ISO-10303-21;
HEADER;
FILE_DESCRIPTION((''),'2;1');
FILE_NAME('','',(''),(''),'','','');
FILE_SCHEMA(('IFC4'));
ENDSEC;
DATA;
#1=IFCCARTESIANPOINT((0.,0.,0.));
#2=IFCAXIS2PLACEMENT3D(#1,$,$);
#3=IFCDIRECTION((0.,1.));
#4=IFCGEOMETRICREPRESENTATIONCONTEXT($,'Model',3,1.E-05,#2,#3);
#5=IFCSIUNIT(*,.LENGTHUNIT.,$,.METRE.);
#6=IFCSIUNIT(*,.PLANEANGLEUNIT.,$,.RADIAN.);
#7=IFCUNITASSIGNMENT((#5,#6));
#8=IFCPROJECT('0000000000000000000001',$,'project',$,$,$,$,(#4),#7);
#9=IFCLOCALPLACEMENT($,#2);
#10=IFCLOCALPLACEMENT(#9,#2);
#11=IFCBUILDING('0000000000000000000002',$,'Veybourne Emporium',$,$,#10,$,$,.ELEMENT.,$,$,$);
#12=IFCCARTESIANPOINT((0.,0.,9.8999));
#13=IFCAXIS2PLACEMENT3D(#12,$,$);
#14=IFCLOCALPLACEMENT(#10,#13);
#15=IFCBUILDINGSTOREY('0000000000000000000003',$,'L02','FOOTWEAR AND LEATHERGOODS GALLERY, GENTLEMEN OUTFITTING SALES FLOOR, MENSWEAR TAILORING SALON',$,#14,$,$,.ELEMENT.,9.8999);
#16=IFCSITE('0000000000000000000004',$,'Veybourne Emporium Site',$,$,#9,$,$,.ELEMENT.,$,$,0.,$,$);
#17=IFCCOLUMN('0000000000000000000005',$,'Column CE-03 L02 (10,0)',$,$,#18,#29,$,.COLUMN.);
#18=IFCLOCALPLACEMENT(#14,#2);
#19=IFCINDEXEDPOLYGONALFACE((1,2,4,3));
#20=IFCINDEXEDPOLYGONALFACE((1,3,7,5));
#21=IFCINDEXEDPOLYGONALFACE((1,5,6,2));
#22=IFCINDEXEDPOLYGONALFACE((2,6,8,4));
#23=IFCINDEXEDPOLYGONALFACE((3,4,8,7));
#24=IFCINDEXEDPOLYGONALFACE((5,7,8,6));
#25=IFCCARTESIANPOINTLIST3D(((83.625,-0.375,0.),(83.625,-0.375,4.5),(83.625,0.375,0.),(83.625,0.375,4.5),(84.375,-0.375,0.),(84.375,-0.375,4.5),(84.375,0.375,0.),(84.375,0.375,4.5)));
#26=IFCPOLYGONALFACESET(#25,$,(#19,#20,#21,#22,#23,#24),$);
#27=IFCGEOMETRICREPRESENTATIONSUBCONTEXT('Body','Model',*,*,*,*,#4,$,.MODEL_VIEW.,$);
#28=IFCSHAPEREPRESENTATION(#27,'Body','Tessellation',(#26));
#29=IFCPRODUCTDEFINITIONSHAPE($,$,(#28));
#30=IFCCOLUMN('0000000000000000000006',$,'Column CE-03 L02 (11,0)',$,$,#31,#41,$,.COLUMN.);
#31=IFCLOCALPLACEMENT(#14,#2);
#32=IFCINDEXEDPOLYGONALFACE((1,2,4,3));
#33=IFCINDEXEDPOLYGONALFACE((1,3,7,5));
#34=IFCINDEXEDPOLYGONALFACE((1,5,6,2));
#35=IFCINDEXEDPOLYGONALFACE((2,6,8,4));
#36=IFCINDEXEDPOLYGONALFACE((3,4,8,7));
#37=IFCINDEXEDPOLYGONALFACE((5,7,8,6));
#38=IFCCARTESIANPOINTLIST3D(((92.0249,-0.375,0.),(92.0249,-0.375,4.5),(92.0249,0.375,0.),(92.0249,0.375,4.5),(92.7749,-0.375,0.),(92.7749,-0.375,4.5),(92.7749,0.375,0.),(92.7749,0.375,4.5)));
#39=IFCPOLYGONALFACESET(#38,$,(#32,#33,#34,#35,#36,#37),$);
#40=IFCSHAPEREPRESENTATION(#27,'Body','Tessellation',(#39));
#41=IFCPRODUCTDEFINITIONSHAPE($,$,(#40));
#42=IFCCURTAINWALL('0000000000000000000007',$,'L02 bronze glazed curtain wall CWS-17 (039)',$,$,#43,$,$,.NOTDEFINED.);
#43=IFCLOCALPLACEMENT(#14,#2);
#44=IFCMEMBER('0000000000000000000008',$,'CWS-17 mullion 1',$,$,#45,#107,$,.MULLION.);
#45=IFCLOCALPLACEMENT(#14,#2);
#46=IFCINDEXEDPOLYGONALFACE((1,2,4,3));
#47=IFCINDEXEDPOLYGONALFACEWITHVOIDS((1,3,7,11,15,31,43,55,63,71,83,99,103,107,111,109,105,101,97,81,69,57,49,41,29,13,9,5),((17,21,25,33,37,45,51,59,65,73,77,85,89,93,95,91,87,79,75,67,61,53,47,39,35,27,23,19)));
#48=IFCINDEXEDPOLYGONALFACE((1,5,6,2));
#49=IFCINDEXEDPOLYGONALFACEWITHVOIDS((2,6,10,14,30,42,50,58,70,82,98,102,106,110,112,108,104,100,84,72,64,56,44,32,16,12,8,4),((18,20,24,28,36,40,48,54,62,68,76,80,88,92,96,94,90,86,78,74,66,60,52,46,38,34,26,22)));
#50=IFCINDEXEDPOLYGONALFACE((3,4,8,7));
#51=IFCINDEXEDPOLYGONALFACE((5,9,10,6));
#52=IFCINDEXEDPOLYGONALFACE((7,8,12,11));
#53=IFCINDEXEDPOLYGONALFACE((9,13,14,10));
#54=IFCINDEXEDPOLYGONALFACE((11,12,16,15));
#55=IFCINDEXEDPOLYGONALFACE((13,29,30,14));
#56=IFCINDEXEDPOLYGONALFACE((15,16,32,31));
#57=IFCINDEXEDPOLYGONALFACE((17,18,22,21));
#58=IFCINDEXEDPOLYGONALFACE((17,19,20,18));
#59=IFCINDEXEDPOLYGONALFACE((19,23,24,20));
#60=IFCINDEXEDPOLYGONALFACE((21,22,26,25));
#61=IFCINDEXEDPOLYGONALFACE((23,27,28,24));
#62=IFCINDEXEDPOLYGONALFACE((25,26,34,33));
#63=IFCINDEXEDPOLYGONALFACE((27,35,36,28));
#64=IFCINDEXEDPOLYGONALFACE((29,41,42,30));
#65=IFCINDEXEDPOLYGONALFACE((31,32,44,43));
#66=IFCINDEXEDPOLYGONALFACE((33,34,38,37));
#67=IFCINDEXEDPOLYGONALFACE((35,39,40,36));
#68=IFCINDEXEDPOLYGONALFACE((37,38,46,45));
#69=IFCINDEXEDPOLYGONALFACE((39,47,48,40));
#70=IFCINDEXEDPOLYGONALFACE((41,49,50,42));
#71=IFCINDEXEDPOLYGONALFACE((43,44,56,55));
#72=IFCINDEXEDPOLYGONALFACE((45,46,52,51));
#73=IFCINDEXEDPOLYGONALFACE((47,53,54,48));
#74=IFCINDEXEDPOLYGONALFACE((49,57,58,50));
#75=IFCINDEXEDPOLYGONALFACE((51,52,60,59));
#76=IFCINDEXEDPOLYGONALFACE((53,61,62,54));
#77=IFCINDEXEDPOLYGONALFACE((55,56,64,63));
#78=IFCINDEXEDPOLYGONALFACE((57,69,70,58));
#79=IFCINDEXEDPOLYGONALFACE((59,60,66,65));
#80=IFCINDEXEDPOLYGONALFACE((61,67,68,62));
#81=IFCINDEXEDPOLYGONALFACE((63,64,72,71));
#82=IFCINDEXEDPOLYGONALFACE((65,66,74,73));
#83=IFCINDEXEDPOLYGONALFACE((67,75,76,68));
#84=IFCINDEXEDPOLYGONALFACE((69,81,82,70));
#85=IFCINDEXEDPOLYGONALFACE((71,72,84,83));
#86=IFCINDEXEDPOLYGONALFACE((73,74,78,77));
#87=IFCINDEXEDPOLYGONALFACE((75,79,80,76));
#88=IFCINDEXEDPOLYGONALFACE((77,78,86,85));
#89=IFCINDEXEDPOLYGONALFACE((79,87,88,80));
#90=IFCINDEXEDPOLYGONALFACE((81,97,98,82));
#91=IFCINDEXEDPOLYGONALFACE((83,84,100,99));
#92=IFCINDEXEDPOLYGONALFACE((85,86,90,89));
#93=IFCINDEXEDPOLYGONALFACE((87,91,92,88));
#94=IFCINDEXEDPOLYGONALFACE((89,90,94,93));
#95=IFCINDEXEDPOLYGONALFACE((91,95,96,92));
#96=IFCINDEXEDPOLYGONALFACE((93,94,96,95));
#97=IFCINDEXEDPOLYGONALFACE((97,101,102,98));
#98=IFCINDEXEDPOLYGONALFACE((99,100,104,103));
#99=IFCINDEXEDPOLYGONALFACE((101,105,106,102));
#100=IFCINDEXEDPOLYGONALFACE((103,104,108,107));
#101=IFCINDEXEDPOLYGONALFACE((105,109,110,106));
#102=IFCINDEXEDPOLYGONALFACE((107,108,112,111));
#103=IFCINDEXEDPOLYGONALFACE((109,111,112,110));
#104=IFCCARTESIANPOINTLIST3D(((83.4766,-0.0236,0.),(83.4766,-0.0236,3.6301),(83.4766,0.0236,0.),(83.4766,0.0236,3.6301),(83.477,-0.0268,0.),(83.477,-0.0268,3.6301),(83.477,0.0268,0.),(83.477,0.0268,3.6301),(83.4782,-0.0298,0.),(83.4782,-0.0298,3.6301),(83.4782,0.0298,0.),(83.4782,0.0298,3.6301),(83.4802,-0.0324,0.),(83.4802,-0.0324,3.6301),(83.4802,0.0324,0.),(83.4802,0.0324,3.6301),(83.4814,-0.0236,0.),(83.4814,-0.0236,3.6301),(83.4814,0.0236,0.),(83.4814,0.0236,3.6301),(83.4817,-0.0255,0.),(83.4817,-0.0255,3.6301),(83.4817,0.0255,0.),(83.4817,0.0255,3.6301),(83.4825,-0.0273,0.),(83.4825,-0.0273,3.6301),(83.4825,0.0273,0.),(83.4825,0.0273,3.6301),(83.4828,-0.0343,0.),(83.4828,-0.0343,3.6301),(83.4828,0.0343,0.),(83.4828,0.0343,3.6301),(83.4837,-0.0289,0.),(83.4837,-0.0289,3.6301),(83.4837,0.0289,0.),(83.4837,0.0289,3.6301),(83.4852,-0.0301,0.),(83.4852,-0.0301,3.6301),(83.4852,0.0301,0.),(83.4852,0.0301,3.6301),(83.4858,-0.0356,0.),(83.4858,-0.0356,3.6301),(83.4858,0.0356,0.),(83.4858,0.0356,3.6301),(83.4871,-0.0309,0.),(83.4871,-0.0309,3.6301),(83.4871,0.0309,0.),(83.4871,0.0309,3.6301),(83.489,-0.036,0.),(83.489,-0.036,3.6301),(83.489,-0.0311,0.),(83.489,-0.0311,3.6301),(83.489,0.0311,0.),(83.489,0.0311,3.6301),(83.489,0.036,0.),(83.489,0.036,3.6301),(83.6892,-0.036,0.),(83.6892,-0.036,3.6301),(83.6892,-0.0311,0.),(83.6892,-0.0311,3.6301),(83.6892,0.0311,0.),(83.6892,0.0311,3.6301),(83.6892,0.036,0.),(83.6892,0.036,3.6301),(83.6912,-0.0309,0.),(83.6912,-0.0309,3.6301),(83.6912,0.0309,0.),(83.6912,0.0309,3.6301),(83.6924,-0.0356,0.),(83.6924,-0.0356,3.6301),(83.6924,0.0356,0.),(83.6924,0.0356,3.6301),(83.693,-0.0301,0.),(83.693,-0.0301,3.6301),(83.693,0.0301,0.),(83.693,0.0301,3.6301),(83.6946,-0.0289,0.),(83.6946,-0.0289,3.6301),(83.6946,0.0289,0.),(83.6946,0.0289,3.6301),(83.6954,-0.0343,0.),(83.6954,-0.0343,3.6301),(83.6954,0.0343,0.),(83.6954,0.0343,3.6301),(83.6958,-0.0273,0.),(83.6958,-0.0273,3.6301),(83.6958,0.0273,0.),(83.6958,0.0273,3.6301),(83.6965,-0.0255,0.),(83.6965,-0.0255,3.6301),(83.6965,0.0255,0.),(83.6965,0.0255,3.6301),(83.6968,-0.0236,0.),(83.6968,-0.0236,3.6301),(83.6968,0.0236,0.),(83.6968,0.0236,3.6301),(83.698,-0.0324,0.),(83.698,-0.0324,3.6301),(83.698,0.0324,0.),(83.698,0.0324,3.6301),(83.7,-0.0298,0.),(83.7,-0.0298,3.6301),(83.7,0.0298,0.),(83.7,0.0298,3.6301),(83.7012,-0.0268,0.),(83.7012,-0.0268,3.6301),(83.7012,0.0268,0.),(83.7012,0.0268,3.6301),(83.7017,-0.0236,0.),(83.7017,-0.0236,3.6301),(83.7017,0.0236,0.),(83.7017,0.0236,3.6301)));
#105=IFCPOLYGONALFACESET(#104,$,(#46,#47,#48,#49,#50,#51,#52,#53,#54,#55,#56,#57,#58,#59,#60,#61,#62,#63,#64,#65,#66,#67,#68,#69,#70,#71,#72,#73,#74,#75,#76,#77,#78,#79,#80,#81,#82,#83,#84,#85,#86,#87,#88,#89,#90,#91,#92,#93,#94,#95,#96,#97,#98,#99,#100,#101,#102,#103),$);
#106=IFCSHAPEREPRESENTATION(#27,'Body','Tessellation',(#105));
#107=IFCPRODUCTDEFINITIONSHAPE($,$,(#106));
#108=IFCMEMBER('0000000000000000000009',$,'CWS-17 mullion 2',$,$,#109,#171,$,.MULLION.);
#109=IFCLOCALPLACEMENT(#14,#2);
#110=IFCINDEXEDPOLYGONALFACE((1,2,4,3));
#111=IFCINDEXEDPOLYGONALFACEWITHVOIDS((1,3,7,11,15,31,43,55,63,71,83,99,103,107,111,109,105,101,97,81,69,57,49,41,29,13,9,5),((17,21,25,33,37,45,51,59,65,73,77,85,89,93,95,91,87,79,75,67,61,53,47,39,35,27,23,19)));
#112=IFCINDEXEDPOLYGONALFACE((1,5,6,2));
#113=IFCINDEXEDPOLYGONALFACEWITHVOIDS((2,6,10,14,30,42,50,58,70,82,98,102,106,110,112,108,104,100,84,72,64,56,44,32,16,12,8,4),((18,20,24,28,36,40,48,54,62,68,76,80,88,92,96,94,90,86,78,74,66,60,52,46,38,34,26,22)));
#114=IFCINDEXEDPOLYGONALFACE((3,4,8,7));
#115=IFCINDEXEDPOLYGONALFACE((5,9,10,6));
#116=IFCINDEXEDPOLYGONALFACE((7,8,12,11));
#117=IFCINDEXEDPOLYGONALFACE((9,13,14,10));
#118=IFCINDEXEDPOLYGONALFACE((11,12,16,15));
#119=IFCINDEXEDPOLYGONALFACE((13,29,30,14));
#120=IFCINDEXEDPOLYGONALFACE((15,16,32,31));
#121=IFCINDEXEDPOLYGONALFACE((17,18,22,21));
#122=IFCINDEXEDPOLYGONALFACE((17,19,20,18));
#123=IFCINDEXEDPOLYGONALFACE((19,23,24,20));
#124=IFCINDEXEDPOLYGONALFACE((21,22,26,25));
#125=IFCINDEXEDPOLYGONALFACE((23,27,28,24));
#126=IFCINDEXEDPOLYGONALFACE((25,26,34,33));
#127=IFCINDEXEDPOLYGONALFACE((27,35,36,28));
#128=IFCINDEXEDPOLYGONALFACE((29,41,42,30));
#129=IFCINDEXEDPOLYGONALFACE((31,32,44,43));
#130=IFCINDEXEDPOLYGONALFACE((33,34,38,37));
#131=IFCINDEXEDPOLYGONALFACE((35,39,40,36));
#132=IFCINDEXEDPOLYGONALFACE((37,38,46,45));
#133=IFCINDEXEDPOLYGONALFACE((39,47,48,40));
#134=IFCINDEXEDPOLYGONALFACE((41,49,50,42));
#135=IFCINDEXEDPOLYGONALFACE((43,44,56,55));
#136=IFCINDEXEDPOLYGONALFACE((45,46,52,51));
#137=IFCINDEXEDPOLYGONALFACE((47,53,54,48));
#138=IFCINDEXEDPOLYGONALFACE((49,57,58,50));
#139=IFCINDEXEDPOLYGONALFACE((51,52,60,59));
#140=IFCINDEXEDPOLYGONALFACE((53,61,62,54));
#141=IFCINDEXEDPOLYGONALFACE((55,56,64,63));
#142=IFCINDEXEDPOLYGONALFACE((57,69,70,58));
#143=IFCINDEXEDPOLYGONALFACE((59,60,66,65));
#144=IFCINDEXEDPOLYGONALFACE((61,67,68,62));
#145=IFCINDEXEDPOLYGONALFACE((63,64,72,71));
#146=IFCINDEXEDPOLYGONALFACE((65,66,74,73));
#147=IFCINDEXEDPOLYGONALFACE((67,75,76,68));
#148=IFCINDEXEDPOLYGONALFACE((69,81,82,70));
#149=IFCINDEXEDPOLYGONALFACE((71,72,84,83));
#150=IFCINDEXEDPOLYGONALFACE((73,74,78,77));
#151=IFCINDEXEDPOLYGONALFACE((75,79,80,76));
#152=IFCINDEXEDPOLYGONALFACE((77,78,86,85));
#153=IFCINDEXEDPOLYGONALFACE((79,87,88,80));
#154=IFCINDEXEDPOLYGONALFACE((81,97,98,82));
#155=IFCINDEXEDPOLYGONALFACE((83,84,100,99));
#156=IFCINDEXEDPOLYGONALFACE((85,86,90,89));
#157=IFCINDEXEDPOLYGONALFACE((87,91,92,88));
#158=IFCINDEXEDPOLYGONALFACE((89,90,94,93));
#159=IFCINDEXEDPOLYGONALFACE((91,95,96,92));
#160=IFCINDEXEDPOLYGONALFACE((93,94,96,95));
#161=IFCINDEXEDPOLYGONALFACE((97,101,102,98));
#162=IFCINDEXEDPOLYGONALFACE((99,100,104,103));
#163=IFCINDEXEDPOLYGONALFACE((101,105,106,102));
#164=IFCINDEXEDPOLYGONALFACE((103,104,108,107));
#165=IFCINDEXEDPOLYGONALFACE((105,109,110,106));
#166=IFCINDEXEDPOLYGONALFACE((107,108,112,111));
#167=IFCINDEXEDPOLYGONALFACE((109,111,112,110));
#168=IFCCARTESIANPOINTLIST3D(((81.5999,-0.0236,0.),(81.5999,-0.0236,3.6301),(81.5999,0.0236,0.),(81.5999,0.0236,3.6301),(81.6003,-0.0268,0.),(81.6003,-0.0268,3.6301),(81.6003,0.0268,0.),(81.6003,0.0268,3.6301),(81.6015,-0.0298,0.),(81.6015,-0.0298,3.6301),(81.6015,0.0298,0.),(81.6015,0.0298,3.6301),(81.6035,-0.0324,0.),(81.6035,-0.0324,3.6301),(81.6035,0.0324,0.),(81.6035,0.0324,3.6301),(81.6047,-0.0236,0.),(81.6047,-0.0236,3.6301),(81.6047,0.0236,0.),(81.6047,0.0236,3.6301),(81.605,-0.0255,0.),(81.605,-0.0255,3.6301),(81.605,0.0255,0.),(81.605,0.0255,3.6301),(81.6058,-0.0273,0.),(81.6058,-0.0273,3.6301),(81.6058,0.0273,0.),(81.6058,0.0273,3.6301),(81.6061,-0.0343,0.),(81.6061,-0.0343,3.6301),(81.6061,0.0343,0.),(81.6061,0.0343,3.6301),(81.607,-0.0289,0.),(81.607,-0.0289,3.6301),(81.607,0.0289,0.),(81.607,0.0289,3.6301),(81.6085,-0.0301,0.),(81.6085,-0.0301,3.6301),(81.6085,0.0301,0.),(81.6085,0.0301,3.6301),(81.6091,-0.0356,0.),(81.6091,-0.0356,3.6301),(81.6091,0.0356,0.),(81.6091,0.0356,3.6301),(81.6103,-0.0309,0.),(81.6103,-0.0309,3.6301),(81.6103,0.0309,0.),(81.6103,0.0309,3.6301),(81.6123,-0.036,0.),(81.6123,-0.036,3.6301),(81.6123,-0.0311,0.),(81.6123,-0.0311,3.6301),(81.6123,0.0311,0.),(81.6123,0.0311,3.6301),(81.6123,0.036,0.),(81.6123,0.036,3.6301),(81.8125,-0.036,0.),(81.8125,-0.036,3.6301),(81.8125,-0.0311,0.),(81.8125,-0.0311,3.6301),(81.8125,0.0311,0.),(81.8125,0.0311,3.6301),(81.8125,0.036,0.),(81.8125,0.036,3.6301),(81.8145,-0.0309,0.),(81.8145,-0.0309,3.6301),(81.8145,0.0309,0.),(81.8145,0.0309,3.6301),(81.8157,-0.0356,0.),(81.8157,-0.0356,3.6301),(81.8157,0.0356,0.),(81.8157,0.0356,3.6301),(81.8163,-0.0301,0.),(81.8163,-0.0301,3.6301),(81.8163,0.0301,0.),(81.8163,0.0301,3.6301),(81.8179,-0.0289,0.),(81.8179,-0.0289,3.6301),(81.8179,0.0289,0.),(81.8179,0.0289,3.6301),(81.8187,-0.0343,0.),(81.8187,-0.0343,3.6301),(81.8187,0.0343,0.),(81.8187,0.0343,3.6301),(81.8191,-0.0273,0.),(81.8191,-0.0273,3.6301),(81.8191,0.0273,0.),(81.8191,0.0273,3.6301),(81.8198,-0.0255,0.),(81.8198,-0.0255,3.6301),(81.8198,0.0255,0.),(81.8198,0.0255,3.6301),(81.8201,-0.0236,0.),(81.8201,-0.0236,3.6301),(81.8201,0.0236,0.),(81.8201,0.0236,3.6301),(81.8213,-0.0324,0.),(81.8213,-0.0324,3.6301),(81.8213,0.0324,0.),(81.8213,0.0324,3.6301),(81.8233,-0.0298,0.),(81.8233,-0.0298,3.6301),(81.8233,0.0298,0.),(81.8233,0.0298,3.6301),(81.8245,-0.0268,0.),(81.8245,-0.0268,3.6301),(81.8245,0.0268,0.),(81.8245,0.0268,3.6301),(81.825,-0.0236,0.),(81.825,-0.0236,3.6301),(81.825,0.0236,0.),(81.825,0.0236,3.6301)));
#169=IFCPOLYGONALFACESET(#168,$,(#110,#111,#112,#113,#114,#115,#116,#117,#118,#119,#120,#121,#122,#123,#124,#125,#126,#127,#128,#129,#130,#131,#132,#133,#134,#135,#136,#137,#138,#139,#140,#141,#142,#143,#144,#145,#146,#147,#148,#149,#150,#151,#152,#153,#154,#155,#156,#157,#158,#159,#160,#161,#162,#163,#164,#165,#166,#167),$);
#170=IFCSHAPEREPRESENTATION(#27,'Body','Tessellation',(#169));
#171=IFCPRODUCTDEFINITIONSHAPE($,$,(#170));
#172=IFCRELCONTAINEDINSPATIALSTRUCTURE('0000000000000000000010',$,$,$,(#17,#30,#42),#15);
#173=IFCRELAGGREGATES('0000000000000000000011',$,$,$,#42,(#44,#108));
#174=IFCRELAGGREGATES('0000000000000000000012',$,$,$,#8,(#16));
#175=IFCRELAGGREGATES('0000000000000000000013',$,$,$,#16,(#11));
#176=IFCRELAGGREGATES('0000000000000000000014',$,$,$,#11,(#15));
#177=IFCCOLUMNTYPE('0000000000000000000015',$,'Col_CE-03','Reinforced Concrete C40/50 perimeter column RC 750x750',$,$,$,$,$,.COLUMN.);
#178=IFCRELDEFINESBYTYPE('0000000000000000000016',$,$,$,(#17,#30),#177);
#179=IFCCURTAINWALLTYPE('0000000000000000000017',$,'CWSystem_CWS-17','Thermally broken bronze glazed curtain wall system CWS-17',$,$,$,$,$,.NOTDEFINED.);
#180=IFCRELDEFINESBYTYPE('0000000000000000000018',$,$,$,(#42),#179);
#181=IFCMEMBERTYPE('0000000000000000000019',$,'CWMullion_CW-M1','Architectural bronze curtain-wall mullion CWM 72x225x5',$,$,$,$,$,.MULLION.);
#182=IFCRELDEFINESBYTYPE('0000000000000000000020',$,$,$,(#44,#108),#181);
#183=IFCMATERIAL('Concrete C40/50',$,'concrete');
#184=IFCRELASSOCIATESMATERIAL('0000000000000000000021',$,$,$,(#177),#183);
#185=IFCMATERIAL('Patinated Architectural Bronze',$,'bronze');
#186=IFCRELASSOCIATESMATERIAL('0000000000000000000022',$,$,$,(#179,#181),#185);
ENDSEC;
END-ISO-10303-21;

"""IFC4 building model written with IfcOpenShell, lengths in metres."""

from ifc_helpers import new_model, si_unit, direction, frame, origin, origin_2d, place, context, subcontext, project, spatial, rectangle, hollow_rectangle, extrude, material, material_profile, profile_set, type_object, element, aggregate, save


model = new_model("IFC4")

# Units and contexts
model_context = context("Model", 3, precision=1e-05, world=origin(), true_north=direction((0.0, 1.0)))
body_context = subcontext(model_context, "Body", "Model", "MODEL_VIEW")
ifc_project = project(units=[si_unit("LENGTHUNIT", "METRE"), si_unit("PLANEANGLEUNIT", "RADIAN")], contexts=[model_context])

# Site, building, storey
site_placement = place(None, origin())
site = spatial("IfcSite", under=ifc_project, at=site_placement, Name="Veybourne Emporium Site", CompositionType="ELEMENT", RefElevation=0.0)
building_placement = place(site_placement, origin())
building = spatial("IfcBuilding", under=site, at=building_placement, Name="Veybourne Emporium", CompositionType="ELEMENT")
storey_placement = place(building_placement, frame((0.0, 0.0, 9.8999)))
storey = spatial("IfcBuildingStorey", under=building, at=storey_placement, Name="L02", Description="FOOTWEAR AND LEATHERGOODS GALLERY, GENTLEMEN OUTFITTING SALES FLOOR, MENSWEAR TAILORING SALON", CompositionType="ELEMENT", Elevation=9.8999)

# Columns
ifc_material_1 = material(Name="Concrete C40/50", Category="concrete")
ifc_material_profile_1 = material_profile(ifc_material_1, rectangle(XDim=0.75, YDim=0.75, at=origin_2d()), Name="RC 750x750")
ifc_profile_set_1 = profile_set([ifc_material_profile_1], Name="Concrete C40/50")
column_type = type_object("IfcColumnType", Name="Col_CE-03", Description="Reinforced Concrete C40/50 perimeter column RC 750x750", PredefinedType="COLUMN", material=ifc_profile_set_1)
for number, where, z_axis, x_axis, name in (
    (1, (84.0, 0.0, 0.0), (0.0, 0.0, 1.0), (1.0, 0.0, 0.0), "Column CE-03 L02 (10,0)"),
    (2, (92.3999, 0.0, 0.0), (0.0, 0.0, 1.0), (1.0, 0.0, 0.0), "Column CE-03 L02 (11,0)"),
):
    element("IfcColumn", number, at=place(storey_placement, frame(where, z_axis=z_axis, x_axis=x_axis)), inside=storey, type_object=column_type, Name=name, PredefinedType="COLUMN", context=body_context, shape_type="SweptSolid", body=[
        extrude(rectangle(XDim=0.75, YDim=0.75, at=origin_2d()), origin(), (0.0, 0.0, 1.0), 4.5),
    ])

# Curtain wall, members
ifc_material_2 = material(Name="Patinated Architectural Bronze", Category="bronze")
curtain_wall_type_1 = type_object("IfcCurtainWallType", Name="CWSystem_CWS-17", Description="Thermally broken bronze glazed curtain wall system CWS-17", PredefinedType="NOTDEFINED", material=ifc_material_2)
curtain_wall_1_placement = place(storey_placement, origin())
curtain_wall_1 = element("IfcCurtainWall", 3, at=curtain_wall_1_placement, inside=storey, type_object=curtain_wall_type_1, Name="L02 bronze glazed curtain wall CWS-17 (039)", PredefinedType="NOTDEFINED")
ifc_material_profile_2 = material_profile(ifc_material_2, hollow_rectangle(XDim=0.072, YDim=0.2251, WallThickness=0.0049, InnerFilletRadius=0.0076, OuterFilletRadius=0.0125, at=origin_2d()), Name="CWM 72x225x5")
ifc_profile_set_2 = profile_set([ifc_material_profile_2], Name="Patinated Architectural Bronze")
member_type_1 = type_object("IfcMemberType", Name="CWMullion_CW-M1", Description="Architectural bronze curtain-wall mullion CWM 72x225x5", PredefinedType="MULLION", material=ifc_profile_set_2)
member_1_placement = place(storey_placement, frame((83.5891, 0.0, 0.0), z_axis=(0.0, 0.0, 1.0), x_axis=(0.0, -1.0, 0.0)))
member_1 = element("IfcMember", 4, at=member_1_placement, type_object=member_type_1, Name="CWS-17 mullion 1", PredefinedType="MULLION", context=body_context, shape_type="SweptSolid", body=[
    extrude(hollow_rectangle(XDim=0.072, YDim=0.2251, WallThickness=0.0049, InnerFilletRadius=0.0076, OuterFilletRadius=0.0125, at=origin_2d()), origin(), (0.0, 0.0, 1.0), 3.6301),
])
member_2_placement = place(storey_placement, frame((81.7124, 0.0, 0.0), z_axis=(0.0, 0.0, 1.0), x_axis=(0.0, -1.0, 0.0)))
member_2 = element("IfcMember", 5, at=member_2_placement, type_object=member_type_1, Name="CWS-17 mullion 2", PredefinedType="MULLION", context=body_context, shape_type="SweptSolid", body=[
    extrude(hollow_rectangle(XDim=0.072, YDim=0.2251, WallThickness=0.0049, InnerFilletRadius=0.0076, OuterFilletRadius=0.0125, at=origin_2d()), origin(), (0.0, 0.0, 1.0), 3.6301),
])

aggregate(curtain_wall_1, [member_1, member_2])

save(model, "model.ifc")
